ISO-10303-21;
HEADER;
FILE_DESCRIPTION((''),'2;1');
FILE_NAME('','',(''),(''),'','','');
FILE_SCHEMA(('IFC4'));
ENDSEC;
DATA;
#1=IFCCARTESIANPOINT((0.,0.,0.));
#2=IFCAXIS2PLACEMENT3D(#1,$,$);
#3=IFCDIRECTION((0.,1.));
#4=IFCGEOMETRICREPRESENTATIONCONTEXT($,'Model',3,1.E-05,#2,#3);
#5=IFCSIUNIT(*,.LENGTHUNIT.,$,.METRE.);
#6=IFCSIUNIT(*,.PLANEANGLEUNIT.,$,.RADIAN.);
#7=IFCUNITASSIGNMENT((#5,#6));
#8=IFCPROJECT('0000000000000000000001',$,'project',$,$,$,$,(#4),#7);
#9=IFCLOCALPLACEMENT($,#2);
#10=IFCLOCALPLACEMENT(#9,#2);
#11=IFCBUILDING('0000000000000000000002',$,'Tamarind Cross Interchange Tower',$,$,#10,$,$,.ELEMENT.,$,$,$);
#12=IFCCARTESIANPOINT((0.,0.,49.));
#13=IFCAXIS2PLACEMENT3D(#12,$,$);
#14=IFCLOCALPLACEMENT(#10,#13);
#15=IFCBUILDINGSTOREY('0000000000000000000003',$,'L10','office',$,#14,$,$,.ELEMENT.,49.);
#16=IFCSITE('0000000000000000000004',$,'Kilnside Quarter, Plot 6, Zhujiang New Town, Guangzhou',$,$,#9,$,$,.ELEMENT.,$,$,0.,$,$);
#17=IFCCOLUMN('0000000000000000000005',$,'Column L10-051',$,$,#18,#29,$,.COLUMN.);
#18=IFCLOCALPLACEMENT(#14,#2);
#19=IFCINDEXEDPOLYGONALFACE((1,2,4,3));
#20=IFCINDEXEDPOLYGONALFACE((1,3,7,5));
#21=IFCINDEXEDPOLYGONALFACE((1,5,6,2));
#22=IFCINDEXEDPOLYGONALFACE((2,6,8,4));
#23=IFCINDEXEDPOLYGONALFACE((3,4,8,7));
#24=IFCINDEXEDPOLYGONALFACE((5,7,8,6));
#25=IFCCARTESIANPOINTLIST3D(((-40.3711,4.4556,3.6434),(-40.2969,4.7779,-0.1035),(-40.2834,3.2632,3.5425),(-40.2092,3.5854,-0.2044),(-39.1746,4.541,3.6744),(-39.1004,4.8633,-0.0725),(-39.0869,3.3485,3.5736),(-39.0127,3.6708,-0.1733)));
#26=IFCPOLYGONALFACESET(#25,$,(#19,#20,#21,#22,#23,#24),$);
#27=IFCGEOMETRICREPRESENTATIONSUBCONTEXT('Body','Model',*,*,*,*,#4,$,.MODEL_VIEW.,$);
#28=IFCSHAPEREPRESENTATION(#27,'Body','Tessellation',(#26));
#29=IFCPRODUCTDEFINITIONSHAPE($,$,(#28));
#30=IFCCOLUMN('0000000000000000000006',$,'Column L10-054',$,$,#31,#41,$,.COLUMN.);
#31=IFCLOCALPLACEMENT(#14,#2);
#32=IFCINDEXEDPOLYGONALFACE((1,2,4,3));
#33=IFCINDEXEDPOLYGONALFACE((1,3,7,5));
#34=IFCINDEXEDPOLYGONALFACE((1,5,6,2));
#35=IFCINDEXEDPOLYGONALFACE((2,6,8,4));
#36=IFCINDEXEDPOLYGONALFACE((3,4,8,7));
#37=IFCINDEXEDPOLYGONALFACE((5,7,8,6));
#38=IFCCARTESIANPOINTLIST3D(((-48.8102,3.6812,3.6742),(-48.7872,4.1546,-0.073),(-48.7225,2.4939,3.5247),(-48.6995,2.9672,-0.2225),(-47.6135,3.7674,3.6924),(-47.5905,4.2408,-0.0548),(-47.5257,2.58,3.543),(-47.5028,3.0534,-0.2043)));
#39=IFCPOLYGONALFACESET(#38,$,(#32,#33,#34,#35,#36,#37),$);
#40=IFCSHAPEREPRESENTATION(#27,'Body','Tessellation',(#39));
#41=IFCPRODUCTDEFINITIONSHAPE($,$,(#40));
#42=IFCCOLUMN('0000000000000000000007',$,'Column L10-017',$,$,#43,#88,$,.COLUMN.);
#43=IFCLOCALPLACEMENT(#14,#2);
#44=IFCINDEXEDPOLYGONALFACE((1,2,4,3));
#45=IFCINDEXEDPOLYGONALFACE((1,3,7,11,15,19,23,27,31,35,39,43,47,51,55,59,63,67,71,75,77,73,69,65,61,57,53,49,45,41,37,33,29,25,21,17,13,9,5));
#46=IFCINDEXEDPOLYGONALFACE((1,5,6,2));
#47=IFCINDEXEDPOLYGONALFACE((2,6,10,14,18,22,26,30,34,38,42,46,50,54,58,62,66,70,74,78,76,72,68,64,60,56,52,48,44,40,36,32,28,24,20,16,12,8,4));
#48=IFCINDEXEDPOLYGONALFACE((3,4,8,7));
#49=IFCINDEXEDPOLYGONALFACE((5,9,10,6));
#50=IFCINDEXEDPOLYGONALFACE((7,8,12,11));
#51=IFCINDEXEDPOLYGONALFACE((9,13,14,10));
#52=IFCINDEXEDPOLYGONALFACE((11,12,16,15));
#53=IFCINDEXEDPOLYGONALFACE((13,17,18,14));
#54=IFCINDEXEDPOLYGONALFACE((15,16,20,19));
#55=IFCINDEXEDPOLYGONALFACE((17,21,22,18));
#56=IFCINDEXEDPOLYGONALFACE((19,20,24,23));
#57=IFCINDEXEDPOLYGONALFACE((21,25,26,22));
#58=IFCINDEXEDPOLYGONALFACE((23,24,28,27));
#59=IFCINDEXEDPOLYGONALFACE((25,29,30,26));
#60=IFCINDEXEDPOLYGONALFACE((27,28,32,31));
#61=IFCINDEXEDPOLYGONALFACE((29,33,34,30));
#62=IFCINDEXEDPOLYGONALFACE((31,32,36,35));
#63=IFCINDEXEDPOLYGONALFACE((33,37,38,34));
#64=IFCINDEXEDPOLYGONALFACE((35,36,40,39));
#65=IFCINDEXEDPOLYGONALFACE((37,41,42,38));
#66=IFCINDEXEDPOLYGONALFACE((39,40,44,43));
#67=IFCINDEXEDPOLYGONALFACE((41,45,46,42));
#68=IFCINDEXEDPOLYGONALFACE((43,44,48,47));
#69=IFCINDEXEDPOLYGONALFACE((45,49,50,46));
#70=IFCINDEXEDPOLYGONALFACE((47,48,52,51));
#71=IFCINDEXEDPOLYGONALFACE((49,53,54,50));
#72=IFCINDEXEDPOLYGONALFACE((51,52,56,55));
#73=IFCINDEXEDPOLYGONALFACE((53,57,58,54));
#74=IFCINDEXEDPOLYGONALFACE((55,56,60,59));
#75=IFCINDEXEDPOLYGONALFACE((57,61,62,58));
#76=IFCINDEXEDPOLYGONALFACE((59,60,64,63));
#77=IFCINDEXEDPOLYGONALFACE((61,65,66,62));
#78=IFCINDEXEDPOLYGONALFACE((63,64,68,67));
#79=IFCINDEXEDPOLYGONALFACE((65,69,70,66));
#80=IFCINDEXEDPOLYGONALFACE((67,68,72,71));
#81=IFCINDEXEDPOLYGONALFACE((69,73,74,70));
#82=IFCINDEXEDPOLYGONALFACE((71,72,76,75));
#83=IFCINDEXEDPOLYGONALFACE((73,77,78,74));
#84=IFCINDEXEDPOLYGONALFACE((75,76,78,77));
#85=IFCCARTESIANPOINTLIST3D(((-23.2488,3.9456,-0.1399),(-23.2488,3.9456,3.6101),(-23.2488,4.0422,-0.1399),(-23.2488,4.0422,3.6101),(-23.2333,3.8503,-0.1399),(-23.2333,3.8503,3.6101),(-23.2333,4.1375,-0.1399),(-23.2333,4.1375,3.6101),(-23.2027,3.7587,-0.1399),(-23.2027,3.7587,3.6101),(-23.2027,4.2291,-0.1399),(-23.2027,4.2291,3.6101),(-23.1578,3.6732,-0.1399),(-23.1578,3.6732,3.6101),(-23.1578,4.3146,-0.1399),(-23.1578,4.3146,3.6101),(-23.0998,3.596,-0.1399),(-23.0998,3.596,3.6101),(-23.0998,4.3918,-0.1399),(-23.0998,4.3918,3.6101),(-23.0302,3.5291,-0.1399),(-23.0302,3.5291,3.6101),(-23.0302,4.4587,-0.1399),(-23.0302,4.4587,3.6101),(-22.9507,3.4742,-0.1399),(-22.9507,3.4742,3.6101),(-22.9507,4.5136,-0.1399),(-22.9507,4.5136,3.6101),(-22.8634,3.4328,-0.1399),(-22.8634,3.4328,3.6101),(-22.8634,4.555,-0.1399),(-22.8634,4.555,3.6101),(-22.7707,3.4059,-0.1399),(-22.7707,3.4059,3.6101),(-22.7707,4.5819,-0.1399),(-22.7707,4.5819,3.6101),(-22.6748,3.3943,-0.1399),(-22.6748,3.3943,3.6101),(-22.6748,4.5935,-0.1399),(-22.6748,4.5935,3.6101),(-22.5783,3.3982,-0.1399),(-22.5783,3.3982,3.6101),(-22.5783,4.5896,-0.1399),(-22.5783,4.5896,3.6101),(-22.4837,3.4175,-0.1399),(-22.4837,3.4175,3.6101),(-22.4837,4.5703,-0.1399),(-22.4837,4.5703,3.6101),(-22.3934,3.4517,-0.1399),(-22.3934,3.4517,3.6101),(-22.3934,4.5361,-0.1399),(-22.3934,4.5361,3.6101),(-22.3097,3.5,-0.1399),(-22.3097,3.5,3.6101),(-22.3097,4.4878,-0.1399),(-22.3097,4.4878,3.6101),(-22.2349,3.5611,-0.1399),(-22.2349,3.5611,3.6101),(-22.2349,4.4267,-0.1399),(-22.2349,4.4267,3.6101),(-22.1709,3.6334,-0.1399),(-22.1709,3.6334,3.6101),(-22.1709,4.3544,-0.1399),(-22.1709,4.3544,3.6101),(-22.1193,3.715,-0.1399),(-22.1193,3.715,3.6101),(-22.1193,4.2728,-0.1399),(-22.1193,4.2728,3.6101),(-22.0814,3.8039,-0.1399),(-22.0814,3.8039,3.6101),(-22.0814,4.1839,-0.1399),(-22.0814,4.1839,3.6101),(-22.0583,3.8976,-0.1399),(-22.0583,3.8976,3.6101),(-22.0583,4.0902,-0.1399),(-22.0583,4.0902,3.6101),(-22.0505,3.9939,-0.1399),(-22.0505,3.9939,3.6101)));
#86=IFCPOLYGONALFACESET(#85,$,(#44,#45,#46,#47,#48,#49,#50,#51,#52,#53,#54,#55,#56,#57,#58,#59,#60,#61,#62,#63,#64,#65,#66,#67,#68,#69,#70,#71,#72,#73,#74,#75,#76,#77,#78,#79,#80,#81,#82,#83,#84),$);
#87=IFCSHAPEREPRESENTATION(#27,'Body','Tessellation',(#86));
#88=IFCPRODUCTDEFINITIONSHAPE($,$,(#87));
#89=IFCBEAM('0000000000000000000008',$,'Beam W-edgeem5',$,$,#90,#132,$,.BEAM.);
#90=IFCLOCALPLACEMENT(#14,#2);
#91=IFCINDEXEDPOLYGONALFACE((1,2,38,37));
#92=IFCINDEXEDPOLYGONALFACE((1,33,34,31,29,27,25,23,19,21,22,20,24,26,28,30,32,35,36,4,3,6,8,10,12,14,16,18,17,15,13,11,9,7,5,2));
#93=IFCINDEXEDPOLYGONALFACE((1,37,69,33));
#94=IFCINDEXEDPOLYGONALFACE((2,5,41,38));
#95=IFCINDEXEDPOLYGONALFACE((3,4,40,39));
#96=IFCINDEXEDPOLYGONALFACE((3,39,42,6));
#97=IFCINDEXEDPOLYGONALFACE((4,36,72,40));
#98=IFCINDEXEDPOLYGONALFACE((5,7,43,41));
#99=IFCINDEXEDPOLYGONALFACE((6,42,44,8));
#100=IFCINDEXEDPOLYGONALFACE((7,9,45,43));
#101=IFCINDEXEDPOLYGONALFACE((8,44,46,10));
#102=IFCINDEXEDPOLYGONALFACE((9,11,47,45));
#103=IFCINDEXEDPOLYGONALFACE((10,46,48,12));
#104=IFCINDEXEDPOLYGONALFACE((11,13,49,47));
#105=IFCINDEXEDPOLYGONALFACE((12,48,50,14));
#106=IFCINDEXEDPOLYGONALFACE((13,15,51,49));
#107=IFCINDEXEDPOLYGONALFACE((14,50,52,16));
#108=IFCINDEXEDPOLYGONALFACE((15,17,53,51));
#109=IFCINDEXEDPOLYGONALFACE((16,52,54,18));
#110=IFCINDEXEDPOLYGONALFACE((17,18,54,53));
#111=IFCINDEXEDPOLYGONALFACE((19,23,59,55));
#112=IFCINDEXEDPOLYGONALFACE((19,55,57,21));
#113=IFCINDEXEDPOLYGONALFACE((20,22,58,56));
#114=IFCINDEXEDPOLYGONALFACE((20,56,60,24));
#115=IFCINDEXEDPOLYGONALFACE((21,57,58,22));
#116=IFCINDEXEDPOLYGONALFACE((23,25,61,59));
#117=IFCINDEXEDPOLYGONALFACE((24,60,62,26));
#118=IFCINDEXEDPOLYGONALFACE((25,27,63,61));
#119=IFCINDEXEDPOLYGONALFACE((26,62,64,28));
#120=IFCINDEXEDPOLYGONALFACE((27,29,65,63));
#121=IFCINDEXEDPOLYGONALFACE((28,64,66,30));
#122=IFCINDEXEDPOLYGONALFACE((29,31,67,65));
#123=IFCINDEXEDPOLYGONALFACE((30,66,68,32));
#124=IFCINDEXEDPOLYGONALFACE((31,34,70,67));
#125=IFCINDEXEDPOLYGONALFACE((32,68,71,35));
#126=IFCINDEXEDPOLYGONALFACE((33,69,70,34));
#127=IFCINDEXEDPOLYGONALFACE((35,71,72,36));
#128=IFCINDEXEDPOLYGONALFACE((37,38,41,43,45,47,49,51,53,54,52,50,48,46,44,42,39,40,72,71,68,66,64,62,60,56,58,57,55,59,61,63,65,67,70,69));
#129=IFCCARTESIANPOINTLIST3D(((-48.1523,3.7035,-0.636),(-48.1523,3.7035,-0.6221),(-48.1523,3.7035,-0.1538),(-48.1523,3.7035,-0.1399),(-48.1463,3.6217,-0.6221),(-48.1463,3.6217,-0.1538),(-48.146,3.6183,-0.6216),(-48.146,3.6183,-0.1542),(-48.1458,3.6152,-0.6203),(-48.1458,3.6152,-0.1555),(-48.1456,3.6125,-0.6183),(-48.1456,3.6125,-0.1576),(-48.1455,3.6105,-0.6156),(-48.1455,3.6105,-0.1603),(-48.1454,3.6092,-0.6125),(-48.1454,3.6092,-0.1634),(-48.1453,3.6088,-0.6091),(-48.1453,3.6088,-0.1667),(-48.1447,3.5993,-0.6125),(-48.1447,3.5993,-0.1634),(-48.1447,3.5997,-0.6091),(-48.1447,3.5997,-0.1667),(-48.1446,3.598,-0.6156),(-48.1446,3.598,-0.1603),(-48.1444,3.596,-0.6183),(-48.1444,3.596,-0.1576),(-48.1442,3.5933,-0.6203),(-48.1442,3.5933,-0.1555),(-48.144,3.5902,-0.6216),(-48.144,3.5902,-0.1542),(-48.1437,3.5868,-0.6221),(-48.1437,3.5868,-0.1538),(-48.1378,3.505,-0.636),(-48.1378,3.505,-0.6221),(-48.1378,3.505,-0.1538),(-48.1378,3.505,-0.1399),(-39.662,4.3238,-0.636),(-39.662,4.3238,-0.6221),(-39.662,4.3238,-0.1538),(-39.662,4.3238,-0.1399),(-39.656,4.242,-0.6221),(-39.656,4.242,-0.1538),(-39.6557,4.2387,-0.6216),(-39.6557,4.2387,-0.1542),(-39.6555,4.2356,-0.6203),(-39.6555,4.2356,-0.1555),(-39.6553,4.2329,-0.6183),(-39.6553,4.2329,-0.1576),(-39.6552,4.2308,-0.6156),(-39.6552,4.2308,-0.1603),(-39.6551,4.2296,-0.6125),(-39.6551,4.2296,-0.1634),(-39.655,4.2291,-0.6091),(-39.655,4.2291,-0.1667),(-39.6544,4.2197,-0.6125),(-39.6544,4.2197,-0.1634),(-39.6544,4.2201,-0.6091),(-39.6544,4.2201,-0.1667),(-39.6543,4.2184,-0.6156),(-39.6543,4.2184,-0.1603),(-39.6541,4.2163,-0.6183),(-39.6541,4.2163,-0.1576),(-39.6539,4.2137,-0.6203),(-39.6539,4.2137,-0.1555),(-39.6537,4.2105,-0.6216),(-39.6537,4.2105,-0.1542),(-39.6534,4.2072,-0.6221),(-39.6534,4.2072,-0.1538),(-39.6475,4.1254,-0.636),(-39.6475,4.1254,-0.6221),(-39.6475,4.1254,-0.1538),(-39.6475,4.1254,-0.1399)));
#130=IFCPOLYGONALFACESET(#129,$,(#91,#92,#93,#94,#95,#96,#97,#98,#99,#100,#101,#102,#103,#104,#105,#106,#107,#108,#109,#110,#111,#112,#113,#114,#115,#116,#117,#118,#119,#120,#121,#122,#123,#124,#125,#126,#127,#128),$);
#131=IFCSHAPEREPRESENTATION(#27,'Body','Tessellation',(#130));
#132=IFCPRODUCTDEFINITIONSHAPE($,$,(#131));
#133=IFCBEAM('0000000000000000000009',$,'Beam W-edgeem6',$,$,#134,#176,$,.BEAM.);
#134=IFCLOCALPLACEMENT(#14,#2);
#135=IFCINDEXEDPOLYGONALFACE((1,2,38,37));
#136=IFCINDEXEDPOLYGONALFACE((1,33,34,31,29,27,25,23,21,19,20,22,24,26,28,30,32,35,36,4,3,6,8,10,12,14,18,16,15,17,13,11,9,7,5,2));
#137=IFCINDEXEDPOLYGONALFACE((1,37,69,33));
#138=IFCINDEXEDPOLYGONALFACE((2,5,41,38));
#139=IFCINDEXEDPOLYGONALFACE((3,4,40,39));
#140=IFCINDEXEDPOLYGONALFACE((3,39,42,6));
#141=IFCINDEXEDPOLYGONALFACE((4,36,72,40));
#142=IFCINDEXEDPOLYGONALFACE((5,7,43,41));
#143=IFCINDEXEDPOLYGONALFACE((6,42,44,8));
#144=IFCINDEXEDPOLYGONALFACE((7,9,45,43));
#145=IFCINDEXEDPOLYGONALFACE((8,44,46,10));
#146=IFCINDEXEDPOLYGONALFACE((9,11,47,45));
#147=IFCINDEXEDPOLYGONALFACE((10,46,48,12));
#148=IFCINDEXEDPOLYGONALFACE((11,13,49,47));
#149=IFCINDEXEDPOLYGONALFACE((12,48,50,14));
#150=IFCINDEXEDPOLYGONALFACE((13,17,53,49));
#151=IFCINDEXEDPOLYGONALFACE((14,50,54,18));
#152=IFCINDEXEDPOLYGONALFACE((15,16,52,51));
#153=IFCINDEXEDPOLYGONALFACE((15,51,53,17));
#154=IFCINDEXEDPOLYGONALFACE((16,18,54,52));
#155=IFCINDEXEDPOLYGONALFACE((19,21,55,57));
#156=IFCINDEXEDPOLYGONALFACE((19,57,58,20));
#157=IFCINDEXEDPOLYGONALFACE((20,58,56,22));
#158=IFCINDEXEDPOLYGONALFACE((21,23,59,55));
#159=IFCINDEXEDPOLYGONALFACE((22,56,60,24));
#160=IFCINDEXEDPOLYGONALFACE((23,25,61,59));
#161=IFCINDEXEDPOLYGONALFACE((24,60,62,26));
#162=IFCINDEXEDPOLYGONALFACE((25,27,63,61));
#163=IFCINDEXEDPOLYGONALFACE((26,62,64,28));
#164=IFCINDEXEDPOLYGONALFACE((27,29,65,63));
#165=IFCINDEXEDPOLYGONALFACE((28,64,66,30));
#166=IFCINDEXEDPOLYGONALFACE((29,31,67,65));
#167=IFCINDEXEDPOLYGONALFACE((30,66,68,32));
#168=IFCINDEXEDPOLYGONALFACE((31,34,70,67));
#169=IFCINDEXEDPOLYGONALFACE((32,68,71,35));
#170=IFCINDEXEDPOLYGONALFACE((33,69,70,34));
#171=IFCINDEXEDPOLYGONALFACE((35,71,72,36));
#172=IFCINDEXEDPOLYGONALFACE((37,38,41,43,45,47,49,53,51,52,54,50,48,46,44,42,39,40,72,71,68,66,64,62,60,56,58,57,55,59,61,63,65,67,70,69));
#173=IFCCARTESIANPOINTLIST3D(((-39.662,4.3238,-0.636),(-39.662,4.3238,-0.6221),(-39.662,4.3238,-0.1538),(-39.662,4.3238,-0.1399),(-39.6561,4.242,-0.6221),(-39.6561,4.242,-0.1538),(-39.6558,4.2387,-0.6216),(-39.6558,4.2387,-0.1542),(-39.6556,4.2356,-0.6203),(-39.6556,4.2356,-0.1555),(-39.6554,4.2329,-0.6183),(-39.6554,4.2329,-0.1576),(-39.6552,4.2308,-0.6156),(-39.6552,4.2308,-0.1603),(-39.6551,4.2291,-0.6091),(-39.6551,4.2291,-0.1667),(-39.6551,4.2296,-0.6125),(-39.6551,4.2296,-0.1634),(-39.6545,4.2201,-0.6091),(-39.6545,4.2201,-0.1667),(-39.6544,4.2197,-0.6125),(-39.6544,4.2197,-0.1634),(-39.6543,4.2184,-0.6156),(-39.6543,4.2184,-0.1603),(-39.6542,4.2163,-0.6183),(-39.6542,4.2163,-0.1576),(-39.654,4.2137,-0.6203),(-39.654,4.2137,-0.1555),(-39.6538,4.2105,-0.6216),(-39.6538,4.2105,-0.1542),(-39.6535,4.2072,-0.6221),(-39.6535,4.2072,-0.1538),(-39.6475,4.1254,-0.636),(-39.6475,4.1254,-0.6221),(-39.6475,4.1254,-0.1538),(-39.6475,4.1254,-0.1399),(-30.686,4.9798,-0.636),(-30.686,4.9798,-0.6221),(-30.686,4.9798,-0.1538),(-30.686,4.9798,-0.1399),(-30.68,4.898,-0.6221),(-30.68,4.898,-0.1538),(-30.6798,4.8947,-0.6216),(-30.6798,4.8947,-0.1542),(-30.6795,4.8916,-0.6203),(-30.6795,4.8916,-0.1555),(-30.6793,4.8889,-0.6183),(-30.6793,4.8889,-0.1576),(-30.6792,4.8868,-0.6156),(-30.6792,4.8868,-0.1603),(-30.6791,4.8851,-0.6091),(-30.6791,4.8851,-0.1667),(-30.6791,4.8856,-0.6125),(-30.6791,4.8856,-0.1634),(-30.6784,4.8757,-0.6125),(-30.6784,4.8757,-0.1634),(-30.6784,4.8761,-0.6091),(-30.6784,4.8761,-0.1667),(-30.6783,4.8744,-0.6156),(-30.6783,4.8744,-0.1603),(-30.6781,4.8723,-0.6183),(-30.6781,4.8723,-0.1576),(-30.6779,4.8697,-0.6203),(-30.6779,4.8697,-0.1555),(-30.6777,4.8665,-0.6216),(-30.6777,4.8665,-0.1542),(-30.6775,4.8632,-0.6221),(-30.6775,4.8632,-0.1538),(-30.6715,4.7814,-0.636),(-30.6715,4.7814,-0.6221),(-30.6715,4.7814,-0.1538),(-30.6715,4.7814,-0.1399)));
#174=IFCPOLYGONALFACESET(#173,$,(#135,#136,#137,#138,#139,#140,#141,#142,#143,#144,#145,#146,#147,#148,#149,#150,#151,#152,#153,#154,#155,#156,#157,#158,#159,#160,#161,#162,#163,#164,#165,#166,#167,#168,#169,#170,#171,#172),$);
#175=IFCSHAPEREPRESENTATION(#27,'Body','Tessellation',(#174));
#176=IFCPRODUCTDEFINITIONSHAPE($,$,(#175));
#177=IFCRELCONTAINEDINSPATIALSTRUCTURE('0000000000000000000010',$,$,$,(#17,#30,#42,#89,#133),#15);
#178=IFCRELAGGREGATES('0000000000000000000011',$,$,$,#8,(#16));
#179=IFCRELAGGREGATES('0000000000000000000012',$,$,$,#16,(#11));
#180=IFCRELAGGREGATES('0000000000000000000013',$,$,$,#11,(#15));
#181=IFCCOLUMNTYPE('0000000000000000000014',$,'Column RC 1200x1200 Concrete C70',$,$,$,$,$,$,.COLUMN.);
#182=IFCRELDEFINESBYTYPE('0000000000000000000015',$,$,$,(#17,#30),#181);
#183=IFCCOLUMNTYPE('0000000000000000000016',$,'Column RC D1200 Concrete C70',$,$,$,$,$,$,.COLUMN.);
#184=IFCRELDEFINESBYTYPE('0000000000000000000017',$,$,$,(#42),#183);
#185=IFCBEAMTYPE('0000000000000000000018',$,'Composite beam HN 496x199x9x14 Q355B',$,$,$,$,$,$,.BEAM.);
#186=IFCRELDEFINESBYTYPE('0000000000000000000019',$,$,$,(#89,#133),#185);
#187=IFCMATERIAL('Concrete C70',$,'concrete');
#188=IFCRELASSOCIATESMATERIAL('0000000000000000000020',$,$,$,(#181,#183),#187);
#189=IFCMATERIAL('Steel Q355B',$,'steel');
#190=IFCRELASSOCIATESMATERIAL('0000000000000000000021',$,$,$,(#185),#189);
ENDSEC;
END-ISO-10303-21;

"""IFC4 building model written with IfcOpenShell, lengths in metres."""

from ifc_helpers import new_model, si_unit, direction, frame, origin, origin_2d, place, context, subcontext, project, spatial, rectangle, circle, i_section, extrude, material, material_profile, profile_set, type_object, element, save


model = new_model("IFC4")

# Units and contexts
model_context = context("Model", 3, precision=1e-05, world=origin(), true_north=direction((0.0, 1.0)))
body_context = subcontext(model_context, "Body", "Model", "MODEL_VIEW")
ifc_project = project(units=[si_unit("LENGTHUNIT", "METRE"), si_unit("PLANEANGLEUNIT", "RADIAN")], contexts=[model_context])

# Site, building, storey
site_placement = place(None, origin())
site = spatial("IfcSite", under=ifc_project, at=site_placement, Name="Kilnside Quarter, Plot 6, Zhujiang New Town, Guangzhou", CompositionType="ELEMENT", RefElevation=0.0)
building_placement = place(site_placement, origin())
building = spatial("IfcBuilding", under=site, at=building_placement, Name="Tamarind Cross Interchange Tower", CompositionType="ELEMENT")
storey_placement = place(building_placement, frame((0.0, 0.0, 49.0)))
storey = spatial("IfcBuildingStorey", under=building, at=storey_placement, Name="L10", Description="office", CompositionType="ELEMENT", Elevation=49.0)

# Columns
ifc_material_1 = material(Name="Concrete C70", Category="concrete")
ifc_material_profile_1 = material_profile(ifc_material_1, rectangle(XDim=1.2, YDim=1.2, at=origin_2d()), Name="RC 1200x1200")
ifc_profile_set_1 = profile_set([ifc_material_profile_1], Name="Concrete C70")
column_type_1 = type_object("IfcColumnType", Name="Column RC 1200x1200 Concrete C70", PredefinedType="COLUMN", material=ifc_profile_set_1)
column_1_placement = place(storey_placement, frame((-39.6548, 4.2244, -0.1384), z_axis=(-0.019732, -0.085677, 0.996128), x_axis=(0.997129, 0.071167, 0.025873)))
element("IfcColumn", 1, at=column_1_placement, inside=storey, type_object=column_type_1, Name="Column L10-051", PredefinedType="COLUMN", context=body_context, shape_type="SweptSolid", body=[
    extrude(rectangle(XDim=1.2, YDim=1.2, at=origin_2d()), origin(), (0.0, 0.0, 1.0), 3.7615),
])
column_2_placement = place(storey_placement, frame((-48.145, 3.604, -0.1387), z_axis=(-0.006076, -0.125329, 0.992097), x_axis=(0.997305, 0.071785, 0.015176)))
element("IfcColumn", 2, at=column_2_placement, inside=storey, type_object=column_type_1, Name="Column L10-054", PredefinedType="COLUMN", context=body_context, shape_type="SweptSolid", body=[
    extrude(rectangle(XDim=1.2, YDim=1.2, at=origin_2d()), origin(), (0.0, 0.0, 1.0), 3.7771),
])
ifc_material_profile_2 = material_profile(ifc_material_1, circle(Radius=0.6001, at=origin_2d()), Name="RC D1200")
ifc_profile_set_2 = profile_set([ifc_material_profile_2], Name="Concrete C70")
column_type_2 = type_object("IfcColumnType", Name="Column RC D1200 Concrete C70", PredefinedType="COLUMN", material=ifc_profile_set_2)
column_3_placement = place(storey_placement, frame((-22.6506, 3.9939, -0.1399), z_axis=(0.0, 0.0, 1.0), x_axis=(1.0, 0.0, 0.0)))
element("IfcColumn", 3, at=column_3_placement, inside=storey, type_object=column_type_2, Name="Column L10-017", PredefinedType="COLUMN", context=body_context, shape_type="SweptSolid", body=[
    extrude(circle(Radius=0.6001, at=origin_2d()), origin(), (0.0, 0.0, 1.0), 3.75),
])

# Beams
ifc_material_2 = material(Name="Steel Q355B", Category="steel")
ifc_material_profile_3 = material_profile(ifc_material_2, i_section(OverallWidth=0.199, OverallDepth=0.4961, WebThickness=0.009, FlangeThickness=0.0139, FilletRadius=0.0129, at=origin_2d()), Name="HN 496x199x9x14")
ifc_profile_set_3 = profile_set([ifc_material_profile_3], Name="Steel Q355B")
beam_type_1 = type_object("IfcBeamType", Name="Composite beam HN 496x199x9x14 Q355B", PredefinedType="BEAM", material=ifc_profile_set_3)
beam_1_placement = place(storey_placement, frame((-48.145, 3.6042, -0.3879), z_axis=(0.997341, 0.072873, 0.0), x_axis=(-0.072873, 0.997341, 0.0)))
element("IfcBeam", 4, at=beam_1_placement, inside=storey, type_object=beam_type_1, Name="Beam W-edgeem5", PredefinedType="BEAM", context=body_context, shape_type="SweptSolid", body=[
    extrude(i_section(OverallWidth=0.199, OverallDepth=0.4961, WebThickness=0.009, FlangeThickness=0.0139, FilletRadius=0.0129, at=origin_2d()), origin(), (0.0, 0.0, 1.0), 8.5129),
])
beam_2_placement = place(storey_placement, frame((-39.6548, 4.2246, -0.3879), z_axis=(0.99734, 0.072889, 0.0), x_axis=(-0.072889, 0.99734, 0.0)))
element("IfcBeam", 5, at=beam_2_placement, inside=storey, type_object=beam_type_1, Name="Beam W-edgeem6", PredefinedType="BEAM", context=body_context, shape_type="SweptSolid", body=[
    extrude(i_section(OverallWidth=0.199, OverallDepth=0.4961, WebThickness=0.009, FlangeThickness=0.0139, FilletRadius=0.0129, at=origin_2d()), origin(), (0.0, 0.0, 1.0), 9.0),
])

save(model, "model.ifc")
